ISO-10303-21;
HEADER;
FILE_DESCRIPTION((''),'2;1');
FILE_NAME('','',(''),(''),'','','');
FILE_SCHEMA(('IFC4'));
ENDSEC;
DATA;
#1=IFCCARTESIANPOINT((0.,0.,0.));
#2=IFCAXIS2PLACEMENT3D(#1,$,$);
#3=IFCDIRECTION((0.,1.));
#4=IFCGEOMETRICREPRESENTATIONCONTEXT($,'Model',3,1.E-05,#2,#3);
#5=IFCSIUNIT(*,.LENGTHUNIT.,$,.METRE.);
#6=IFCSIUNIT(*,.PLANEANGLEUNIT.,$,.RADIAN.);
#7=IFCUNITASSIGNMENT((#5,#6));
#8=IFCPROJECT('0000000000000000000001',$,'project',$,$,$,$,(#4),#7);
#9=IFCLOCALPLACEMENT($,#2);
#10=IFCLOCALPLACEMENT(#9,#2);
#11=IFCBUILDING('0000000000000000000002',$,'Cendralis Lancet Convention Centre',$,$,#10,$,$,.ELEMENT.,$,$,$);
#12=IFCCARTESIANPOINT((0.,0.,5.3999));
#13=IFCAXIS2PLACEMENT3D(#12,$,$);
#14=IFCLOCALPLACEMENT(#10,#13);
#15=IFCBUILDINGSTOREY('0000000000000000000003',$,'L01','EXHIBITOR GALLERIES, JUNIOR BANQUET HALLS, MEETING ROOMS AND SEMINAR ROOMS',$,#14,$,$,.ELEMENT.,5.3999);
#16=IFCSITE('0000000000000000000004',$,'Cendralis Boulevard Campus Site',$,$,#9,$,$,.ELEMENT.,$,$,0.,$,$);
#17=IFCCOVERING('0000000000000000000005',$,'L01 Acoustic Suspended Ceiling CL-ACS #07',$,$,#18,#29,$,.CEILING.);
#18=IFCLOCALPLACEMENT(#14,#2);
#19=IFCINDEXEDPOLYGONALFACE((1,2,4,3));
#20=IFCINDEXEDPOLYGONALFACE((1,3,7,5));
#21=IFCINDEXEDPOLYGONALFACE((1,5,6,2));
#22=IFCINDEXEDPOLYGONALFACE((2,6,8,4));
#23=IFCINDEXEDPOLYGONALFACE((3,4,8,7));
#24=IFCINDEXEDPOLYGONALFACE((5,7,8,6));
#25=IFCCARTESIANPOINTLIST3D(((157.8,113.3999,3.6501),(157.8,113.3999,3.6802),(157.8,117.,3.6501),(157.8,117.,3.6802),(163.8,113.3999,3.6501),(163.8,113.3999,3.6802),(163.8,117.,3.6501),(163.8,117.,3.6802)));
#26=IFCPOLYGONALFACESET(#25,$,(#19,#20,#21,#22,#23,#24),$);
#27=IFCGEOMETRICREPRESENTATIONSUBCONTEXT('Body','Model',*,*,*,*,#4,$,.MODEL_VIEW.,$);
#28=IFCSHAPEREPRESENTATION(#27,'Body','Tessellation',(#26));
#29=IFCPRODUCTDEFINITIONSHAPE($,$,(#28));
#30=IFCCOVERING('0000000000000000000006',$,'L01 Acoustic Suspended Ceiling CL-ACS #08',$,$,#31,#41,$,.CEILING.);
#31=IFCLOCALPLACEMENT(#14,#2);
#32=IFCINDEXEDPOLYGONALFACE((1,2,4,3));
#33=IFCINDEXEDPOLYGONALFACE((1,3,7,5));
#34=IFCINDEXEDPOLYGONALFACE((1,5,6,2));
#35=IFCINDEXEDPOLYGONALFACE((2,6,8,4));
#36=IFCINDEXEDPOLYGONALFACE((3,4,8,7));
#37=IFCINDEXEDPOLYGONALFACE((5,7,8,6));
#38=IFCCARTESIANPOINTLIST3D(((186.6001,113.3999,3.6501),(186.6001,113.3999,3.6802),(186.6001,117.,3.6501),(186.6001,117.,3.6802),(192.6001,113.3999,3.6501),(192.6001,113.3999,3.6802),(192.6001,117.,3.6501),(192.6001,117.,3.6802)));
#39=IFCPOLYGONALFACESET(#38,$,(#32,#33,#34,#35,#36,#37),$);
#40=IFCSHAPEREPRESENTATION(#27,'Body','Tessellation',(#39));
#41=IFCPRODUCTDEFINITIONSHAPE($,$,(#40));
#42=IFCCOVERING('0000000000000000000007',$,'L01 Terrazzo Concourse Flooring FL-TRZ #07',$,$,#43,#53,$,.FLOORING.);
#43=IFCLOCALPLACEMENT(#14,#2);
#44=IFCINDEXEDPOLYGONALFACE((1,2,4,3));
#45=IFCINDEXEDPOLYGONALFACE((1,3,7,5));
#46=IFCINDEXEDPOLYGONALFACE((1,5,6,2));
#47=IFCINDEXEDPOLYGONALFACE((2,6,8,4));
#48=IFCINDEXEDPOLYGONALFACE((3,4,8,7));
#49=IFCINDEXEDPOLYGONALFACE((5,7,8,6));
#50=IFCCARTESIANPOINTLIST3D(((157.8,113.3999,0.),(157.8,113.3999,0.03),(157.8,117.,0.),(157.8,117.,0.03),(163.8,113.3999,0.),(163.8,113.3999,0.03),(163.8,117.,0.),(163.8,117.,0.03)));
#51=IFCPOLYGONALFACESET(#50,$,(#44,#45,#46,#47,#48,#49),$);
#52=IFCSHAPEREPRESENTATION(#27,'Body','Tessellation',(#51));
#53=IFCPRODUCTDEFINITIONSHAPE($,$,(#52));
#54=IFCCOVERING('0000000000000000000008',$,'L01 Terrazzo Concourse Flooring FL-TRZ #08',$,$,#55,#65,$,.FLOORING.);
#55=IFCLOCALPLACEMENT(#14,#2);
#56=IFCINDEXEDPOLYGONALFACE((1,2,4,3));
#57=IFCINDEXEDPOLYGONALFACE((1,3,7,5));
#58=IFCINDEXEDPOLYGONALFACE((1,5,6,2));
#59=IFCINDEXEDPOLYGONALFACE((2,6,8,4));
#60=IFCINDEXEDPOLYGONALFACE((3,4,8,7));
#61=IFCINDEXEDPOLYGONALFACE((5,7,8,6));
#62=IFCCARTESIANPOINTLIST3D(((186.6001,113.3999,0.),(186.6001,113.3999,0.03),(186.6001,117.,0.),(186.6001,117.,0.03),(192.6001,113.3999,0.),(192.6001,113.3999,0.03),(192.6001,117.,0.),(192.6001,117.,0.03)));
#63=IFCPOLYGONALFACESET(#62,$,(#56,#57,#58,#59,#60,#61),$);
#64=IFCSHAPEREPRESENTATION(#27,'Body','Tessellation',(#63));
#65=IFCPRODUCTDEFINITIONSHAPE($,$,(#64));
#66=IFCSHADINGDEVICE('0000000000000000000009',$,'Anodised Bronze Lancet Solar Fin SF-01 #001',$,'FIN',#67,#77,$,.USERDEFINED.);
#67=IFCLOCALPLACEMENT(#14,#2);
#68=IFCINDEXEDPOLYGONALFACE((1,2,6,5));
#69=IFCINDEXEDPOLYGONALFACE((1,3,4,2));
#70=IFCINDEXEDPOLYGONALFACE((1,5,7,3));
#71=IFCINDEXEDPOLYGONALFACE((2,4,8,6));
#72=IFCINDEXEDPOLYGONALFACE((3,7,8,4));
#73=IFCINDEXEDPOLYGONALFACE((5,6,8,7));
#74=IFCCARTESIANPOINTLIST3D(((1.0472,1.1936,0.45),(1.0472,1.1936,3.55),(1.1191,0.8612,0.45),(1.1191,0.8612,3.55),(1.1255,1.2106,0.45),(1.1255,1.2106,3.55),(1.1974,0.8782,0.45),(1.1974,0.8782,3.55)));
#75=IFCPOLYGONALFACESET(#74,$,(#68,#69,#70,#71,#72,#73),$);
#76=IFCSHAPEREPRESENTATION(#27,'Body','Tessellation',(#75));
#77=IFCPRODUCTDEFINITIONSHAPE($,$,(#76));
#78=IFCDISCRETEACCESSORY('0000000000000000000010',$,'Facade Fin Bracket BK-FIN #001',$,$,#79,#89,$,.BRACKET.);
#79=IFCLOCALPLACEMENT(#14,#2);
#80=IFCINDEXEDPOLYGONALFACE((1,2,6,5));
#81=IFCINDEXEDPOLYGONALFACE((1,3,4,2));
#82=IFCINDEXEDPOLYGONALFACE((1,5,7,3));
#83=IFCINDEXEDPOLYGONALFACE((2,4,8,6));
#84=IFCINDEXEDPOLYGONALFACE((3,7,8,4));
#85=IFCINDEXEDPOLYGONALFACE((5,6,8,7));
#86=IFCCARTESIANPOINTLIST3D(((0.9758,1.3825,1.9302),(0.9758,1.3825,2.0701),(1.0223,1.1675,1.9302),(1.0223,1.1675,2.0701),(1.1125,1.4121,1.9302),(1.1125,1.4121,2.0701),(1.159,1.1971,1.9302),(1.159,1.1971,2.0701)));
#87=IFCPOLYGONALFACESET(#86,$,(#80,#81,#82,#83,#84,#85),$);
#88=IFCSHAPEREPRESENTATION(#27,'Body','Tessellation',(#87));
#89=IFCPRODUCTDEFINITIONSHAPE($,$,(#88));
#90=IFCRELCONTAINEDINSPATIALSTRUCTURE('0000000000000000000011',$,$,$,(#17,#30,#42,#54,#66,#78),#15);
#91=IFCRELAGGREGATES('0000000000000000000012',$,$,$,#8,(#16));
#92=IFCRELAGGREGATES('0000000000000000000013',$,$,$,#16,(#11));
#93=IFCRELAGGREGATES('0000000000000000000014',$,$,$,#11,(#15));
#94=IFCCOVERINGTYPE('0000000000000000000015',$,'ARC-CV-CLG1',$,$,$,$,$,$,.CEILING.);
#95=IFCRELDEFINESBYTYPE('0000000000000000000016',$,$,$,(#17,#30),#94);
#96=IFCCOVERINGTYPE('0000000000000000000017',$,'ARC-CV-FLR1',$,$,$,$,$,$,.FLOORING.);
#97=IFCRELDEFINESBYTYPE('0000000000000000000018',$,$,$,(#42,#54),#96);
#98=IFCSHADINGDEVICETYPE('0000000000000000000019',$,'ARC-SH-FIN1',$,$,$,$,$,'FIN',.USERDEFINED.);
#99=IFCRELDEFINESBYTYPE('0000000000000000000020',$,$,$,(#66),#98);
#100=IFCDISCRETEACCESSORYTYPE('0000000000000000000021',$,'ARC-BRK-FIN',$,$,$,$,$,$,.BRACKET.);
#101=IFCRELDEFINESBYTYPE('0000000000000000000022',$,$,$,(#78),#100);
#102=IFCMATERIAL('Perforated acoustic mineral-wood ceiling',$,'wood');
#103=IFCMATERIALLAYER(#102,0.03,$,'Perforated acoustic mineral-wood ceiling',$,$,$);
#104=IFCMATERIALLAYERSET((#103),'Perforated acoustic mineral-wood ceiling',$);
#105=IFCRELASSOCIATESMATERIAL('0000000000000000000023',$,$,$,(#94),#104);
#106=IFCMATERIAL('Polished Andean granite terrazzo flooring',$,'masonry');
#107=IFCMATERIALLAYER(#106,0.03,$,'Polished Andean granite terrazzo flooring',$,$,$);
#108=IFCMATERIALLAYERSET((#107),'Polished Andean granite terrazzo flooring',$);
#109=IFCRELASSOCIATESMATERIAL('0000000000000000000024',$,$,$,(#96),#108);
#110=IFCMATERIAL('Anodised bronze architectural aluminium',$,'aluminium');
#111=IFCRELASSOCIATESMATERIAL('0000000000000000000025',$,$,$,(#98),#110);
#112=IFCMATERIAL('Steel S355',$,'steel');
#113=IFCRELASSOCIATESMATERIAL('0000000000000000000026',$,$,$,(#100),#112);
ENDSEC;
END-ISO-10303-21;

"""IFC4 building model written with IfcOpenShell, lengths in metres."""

from ifc_helpers import new_model, si_unit, direction, frame, origin, origin_2d, place, context, subcontext, project, spatial, polyline, rectangle, outline, extrude, material, layer, layer_set, type_object, element, save


model = new_model("IFC4")

# Units and contexts
model_context = context("Model", 3, precision=1e-05, world=origin(), true_north=direction((0.0, 1.0)))
body_context = subcontext(model_context, "Body", "Model", "MODEL_VIEW")
ifc_project = project(units=[si_unit("LENGTHUNIT", "METRE"), si_unit("PLANEANGLEUNIT", "RADIAN")], contexts=[model_context])

# Site, building, storey
site_placement = place(None, origin())
site = spatial("IfcSite", under=ifc_project, at=site_placement, Name="Cendralis Boulevard Campus Site", CompositionType="ELEMENT", RefElevation=0.0)
building_placement = place(site_placement, origin())
building = spatial("IfcBuilding", under=site, at=building_placement, Name="Cendralis Lancet Convention Centre", CompositionType="ELEMENT")
storey_placement = place(building_placement, frame((0.0, 0.0, 5.3999)))
storey = spatial("IfcBuildingStorey", under=building, at=storey_placement, Name="L01", Description="EXHIBITOR GALLERIES, JUNIOR BANQUET HALLS, MEETING ROOMS AND SEMINAR ROOMS", CompositionType="ELEMENT", Elevation=5.3999)

# Shared definitions
ifc_material_1 = material(Name="Steel S355", Category="steel")

# Coverings
ifc_material_2 = material(Name="Perforated acoustic mineral-wood ceiling", Category="wood")
ifc_layer_1 = layer(ifc_material_2, 0.03, Name="Perforated acoustic mineral-wood ceiling")
ifc_layer_set_1 = layer_set([ifc_layer_1], Name="Perforated acoustic mineral-wood ceiling")
covering_type_1 = type_object("IfcCoveringType", Name="ARC-CV-CLG1", PredefinedType="CEILING", material=ifc_layer_set_1)
covering_1_placement = place(storey_placement, frame((0.0, 0.0, 3.6501)))
element("IfcCovering", 1, at=covering_1_placement, inside=storey, type_object=covering_type_1, Name="L01 Acoustic Suspended Ceiling CL-ACS #07", PredefinedType="CEILING", context=body_context, shape_type="SweptSolid", body=[
    extrude(outline(polyline([(157.8, 113.3999), (163.8, 113.3999), (163.8, 117.0), (157.8, 117.0), (157.8, 113.3999)])), origin(), (0.0, 0.0, 1.0), 0.03),
])
covering_2_placement = place(storey_placement, frame((0.0, 0.0, 3.6501)))
element("IfcCovering", 2, at=covering_2_placement, inside=storey, type_object=covering_type_1, Name="L01 Acoustic Suspended Ceiling CL-ACS #08", PredefinedType="CEILING", context=body_context, shape_type="SweptSolid", body=[
    extrude(outline(polyline([(186.6001, 113.3999), (192.6001, 113.3999), (192.6001, 117.0), (186.6001, 117.0), (186.6001, 113.3999)])), origin(), (0.0, 0.0, 1.0), 0.03),
])
ifc_material_3 = material(Name="Polished Andean granite terrazzo flooring", Category="masonry")
ifc_layer_2 = layer(ifc_material_3, 0.03, Name="Polished Andean granite terrazzo flooring")
ifc_layer_set_2 = layer_set([ifc_layer_2], Name="Polished Andean granite terrazzo flooring")
covering_type_2 = type_object("IfcCoveringType", Name="ARC-CV-FLR1", PredefinedType="FLOORING", material=ifc_layer_set_2)
covering_3_placement = place(storey_placement, origin())
element("IfcCovering", 3, at=covering_3_placement, inside=storey, type_object=covering_type_2, Name="L01 Terrazzo Concourse Flooring FL-TRZ #07", PredefinedType="FLOORING", context=body_context, shape_type="SweptSolid", body=[
    extrude(outline(polyline([(157.8, 113.3999), (163.8, 113.3999), (163.8, 117.0), (157.8, 117.0), (157.8, 113.3999)])), origin(), (0.0, 0.0, 1.0), 0.03),
])
covering_4_placement = place(storey_placement, origin())
element("IfcCovering", 4, at=covering_4_placement, inside=storey, type_object=covering_type_2, Name="L01 Terrazzo Concourse Flooring FL-TRZ #08", PredefinedType="FLOORING", context=body_context, shape_type="SweptSolid", body=[
    extrude(outline(polyline([(186.6001, 113.3999), (192.6001, 113.3999), (192.6001, 117.0), (186.6001, 117.0), (186.6001, 113.3999)])), origin(), (0.0, 0.0, 1.0), 0.03),
])

# Shading device
ifc_material_4 = material(Name="Anodised bronze architectural aluminium", Category="aluminium")
shading_device_type = type_object("IfcShadingDeviceType", Name="ARC-SH-FIN1", ElementType="FIN", PredefinedType="USERDEFINED", material=ifc_material_4)
shading_device_placement = place(storey_placement, frame((1.1223, 1.0359, 0.45), z_axis=(0.0, 0.0, 1.0), x_axis=(0.977397, 0.21141, 0.0)))
element("IfcShadingDevice", 5, at=shading_device_placement, inside=storey, type_object=shading_device_type, Name="Anodised Bronze Lancet Solar Fin SF-01 #001", ObjectType="FIN", PredefinedType="USERDEFINED", context=body_context, shape_type="SweptSolid", body=[
    extrude(rectangle(XDim=0.0801, YDim=0.3401, at=origin_2d()), origin(), (0.0, 0.0, 1.0), 3.1001),
])

# Discrete accessory
discrete_accessory_type = type_object("IfcDiscreteAccessoryType", Name="ARC-BRK-FIN", PredefinedType="BRACKET", material=ifc_material_1)
discrete_accessory_placement = place(storey_placement, frame((1.0674, 1.2898, 1.9302), z_axis=(0.0, 0.0, 1.0), x_axis=(0.977397, 0.21141, 0.0)))
element("IfcDiscreteAccessory", 6, at=discrete_accessory_placement, inside=storey, type_object=discrete_accessory_type, Name="Facade Fin Bracket BK-FIN #001", PredefinedType="BRACKET", context=body_context, shape_type="SweptSolid", body=[
    extrude(rectangle(XDim=0.1399, YDim=0.22, at=origin_2d()), origin(), (0.0, 0.0, 1.0), 0.1399),
])

save(model, "model.ifc")
